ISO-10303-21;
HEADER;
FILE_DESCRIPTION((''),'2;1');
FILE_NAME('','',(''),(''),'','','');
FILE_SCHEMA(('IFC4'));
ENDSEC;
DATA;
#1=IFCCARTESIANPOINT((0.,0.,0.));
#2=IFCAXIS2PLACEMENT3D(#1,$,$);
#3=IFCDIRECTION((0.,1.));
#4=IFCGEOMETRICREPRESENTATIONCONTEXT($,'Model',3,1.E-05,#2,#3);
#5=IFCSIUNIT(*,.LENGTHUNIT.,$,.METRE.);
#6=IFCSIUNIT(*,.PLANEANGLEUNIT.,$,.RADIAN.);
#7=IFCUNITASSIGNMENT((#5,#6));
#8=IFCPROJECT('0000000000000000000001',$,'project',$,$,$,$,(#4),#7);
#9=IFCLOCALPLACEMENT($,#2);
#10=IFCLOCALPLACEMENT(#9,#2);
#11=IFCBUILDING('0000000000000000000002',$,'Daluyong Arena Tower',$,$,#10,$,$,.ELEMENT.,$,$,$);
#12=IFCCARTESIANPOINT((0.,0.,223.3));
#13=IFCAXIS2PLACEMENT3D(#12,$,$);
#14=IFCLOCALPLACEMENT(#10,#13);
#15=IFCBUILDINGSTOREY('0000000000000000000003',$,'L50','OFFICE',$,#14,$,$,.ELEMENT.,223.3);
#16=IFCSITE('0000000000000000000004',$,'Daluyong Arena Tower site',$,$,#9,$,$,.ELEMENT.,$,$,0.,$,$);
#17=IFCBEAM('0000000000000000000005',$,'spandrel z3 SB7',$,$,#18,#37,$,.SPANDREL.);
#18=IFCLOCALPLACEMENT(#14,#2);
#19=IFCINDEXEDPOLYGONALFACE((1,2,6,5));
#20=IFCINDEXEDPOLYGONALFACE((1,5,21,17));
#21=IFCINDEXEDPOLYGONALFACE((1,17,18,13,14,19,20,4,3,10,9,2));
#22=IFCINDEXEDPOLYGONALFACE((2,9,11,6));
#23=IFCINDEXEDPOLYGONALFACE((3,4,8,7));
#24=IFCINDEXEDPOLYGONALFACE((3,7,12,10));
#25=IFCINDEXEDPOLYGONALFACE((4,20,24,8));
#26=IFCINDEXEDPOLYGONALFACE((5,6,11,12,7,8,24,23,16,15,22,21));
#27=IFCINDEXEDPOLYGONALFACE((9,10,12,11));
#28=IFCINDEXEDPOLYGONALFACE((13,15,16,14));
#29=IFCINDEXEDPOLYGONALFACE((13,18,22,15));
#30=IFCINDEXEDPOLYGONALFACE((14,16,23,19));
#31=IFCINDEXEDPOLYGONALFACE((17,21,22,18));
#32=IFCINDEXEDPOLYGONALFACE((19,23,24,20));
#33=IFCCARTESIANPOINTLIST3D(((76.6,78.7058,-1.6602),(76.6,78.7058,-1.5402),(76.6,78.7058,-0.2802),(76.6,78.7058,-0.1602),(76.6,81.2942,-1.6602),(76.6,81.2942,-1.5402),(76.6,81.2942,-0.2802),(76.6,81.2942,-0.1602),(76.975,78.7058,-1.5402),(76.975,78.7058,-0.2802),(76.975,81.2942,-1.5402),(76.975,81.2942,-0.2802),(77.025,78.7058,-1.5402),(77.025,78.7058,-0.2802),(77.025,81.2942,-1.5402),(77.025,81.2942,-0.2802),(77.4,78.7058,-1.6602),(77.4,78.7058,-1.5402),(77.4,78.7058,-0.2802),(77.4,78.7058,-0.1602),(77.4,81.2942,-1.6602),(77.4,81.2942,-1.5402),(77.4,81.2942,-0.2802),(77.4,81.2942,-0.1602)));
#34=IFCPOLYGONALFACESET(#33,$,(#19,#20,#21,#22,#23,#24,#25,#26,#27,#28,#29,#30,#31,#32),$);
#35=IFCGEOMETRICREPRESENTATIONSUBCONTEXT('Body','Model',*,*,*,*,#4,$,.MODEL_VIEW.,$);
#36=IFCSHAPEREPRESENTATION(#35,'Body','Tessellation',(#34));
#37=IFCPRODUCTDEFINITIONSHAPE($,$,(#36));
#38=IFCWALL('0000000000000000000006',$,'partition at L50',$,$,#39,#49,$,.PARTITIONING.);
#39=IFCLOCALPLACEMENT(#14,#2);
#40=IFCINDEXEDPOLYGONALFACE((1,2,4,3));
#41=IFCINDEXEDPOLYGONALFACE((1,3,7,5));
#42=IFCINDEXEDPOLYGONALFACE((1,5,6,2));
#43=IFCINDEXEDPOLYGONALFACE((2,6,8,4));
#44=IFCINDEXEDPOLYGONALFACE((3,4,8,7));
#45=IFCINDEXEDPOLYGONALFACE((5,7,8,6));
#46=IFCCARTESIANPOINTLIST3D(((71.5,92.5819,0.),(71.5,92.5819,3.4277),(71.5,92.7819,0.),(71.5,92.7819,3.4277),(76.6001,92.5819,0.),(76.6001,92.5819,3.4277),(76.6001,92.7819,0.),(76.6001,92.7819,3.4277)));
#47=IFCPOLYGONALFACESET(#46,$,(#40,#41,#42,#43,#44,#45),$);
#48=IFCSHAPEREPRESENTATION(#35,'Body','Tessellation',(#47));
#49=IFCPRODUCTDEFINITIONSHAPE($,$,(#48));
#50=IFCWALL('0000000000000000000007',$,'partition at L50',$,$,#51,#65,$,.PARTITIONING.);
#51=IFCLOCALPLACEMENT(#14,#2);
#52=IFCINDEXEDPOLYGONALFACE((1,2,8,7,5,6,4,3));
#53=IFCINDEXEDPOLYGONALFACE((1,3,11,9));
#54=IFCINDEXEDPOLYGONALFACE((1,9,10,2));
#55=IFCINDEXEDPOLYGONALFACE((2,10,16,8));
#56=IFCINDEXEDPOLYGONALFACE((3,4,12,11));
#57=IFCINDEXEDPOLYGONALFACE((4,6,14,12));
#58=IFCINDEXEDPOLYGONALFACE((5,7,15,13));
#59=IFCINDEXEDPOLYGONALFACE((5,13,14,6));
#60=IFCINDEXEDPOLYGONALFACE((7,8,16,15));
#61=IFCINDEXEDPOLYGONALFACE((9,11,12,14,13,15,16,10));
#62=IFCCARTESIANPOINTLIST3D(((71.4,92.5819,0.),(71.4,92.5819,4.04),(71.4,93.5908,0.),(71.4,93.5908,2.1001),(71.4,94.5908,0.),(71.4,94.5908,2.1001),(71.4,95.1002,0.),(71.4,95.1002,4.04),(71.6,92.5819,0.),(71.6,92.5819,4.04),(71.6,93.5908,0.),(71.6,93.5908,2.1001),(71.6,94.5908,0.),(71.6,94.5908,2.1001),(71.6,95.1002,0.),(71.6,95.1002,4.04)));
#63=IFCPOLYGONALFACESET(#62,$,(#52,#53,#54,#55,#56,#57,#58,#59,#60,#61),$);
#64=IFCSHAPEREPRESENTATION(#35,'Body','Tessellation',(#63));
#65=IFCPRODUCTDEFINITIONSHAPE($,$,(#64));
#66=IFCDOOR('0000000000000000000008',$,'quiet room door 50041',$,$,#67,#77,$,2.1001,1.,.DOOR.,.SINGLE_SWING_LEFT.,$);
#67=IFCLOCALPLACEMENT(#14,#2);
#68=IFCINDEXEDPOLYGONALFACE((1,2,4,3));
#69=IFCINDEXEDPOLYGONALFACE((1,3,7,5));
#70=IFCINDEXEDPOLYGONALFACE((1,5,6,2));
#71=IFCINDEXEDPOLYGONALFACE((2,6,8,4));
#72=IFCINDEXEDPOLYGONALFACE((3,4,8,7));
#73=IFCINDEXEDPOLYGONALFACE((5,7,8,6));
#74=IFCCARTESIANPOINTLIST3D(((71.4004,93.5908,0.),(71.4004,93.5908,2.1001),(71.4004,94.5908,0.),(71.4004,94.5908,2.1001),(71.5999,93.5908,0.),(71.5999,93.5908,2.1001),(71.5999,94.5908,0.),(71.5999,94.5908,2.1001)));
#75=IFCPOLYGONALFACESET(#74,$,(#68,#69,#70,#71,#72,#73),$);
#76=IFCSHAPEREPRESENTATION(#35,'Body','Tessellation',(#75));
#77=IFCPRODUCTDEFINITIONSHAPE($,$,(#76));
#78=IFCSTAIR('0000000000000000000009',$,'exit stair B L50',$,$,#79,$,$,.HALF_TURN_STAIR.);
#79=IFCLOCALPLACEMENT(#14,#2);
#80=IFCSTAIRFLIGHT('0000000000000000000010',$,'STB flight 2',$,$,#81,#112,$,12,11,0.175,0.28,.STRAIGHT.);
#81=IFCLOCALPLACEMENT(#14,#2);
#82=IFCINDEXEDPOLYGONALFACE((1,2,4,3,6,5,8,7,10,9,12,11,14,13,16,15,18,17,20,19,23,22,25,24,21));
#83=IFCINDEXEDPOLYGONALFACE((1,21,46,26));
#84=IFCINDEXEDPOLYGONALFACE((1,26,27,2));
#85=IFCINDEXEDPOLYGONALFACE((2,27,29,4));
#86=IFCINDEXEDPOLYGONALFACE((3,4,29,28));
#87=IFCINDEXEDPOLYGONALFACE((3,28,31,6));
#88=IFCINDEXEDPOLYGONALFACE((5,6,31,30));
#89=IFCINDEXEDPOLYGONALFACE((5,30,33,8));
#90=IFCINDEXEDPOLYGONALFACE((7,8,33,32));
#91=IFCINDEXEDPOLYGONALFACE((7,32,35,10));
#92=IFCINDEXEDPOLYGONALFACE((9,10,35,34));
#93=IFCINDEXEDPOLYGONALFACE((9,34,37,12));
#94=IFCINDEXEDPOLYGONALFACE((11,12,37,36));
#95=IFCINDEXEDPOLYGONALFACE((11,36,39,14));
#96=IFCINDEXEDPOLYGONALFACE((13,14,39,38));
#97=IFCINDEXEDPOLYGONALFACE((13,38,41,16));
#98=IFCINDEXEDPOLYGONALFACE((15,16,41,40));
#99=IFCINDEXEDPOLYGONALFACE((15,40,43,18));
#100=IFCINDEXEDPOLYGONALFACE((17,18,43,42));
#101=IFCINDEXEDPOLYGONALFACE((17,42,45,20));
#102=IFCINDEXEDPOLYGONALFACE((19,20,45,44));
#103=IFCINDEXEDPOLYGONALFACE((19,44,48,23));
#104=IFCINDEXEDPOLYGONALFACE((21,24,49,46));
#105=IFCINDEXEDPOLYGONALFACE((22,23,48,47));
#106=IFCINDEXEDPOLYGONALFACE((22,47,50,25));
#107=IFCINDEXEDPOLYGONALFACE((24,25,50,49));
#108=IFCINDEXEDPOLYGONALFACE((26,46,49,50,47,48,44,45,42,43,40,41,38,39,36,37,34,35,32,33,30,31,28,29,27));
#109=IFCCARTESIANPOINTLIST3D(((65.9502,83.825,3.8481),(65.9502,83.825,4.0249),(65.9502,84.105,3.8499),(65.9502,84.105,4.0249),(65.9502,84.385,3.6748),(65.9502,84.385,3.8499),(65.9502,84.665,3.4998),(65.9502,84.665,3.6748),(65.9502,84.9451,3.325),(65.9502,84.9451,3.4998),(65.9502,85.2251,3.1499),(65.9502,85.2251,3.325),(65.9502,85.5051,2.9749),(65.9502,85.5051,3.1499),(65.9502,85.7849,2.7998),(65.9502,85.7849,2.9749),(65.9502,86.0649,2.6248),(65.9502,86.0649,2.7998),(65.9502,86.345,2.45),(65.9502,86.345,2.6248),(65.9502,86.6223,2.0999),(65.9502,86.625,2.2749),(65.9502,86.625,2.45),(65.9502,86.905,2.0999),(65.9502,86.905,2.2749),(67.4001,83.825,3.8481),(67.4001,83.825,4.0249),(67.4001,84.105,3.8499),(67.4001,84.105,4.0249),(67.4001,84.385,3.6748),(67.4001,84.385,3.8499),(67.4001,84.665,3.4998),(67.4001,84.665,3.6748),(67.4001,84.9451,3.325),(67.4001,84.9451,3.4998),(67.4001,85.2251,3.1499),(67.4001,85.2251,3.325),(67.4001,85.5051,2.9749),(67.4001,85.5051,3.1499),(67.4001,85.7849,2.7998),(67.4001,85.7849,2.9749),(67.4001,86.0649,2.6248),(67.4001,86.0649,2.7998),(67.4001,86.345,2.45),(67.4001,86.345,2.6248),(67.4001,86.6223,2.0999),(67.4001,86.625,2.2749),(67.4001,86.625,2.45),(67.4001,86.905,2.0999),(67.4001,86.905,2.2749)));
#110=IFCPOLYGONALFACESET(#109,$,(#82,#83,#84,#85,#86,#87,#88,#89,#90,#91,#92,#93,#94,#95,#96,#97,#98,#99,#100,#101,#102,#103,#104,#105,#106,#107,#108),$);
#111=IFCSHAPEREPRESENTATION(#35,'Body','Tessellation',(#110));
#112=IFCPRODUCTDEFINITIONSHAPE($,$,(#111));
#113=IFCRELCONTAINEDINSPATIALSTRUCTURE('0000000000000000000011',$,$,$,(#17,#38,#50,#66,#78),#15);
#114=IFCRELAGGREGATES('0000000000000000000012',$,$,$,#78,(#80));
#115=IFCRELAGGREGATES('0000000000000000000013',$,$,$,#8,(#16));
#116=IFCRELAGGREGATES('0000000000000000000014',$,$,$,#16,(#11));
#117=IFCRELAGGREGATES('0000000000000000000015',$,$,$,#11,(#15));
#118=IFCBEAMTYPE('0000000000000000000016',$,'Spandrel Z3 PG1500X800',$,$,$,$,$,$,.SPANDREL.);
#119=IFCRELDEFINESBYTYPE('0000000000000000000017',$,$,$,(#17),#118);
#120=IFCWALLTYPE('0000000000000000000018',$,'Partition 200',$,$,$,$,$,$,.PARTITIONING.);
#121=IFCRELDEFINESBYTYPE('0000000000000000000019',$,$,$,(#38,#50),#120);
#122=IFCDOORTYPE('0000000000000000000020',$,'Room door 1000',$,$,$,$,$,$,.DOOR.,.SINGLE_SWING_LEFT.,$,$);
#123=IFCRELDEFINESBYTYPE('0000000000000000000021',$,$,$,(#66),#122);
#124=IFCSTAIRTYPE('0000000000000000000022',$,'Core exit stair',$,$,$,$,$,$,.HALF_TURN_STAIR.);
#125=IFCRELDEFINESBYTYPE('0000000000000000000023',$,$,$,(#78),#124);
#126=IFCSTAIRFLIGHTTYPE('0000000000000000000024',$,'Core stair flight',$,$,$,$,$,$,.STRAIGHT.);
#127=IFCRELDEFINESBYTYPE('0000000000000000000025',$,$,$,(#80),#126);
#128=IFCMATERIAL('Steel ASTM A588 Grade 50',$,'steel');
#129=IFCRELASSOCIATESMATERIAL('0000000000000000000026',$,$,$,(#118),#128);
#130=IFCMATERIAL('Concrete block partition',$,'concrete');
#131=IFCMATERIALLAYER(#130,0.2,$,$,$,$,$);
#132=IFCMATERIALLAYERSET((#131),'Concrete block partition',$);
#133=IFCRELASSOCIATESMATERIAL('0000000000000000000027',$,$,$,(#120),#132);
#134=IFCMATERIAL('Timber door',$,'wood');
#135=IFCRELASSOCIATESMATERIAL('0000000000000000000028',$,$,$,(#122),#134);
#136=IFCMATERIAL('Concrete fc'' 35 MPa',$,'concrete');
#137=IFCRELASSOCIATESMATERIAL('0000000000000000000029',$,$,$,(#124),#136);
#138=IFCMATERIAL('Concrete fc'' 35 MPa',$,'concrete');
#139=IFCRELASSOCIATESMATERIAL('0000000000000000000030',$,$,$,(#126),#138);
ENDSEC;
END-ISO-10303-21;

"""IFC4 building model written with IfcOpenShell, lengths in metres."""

from ifc_helpers import new_model, si_unit, direction, frame, frame_2d, origin, origin_2d, place, context, subcontext, project, spatial, polyline, rectangle, i_section, outline, extrude, material, layer, layer_set, material_profile, profile_set, type_object, element, fill, aggregate, save


model = new_model("IFC4")

# Units and contexts
model_context = context("Model", 3, precision=1e-05, world=origin(), true_north=direction((0.0, 1.0)))
body_context = subcontext(model_context, "Body", "Model", "MODEL_VIEW")
ifc_project = project(units=[si_unit("LENGTHUNIT", "METRE"), si_unit("PLANEANGLEUNIT", "RADIAN")], contexts=[model_context])

# Site, building, storey
site_placement = place(None, origin())
site = spatial("IfcSite", under=ifc_project, at=site_placement, Name="Daluyong Arena Tower site", CompositionType="ELEMENT", RefElevation=0.0)
building_placement = place(site_placement, origin())
building = spatial("IfcBuilding", under=site, at=building_placement, Name="Daluyong Arena Tower", CompositionType="ELEMENT")
storey_placement = place(building_placement, frame((0.0, 0.0, 223.3)))
storey = spatial("IfcBuildingStorey", under=building, at=storey_placement, Name="L50", Description="OFFICE", CompositionType="ELEMENT", Elevation=223.3)

# Beam
ifc_material_1 = material(Name="Steel ASTM A588 Grade 50", Category="steel")
ifc_material_profile_1 = material_profile(ifc_material_1, i_section(OverallWidth=0.8, OverallDepth=1.5, WebThickness=0.05, FlangeThickness=0.12, at=origin_2d()))
ifc_profile_set_1 = profile_set([ifc_material_profile_1], Name="Steel ASTM A588 Grade 50")
beam_type_1 = type_object("IfcBeamType", Name="Spandrel Z3 PG1500X800", PredefinedType="SPANDREL", material=ifc_profile_set_1)
beam_1_placement = place(storey_placement, frame((77.0, 78.7058, -0.9102), z_axis=(0.0, 1.0, 0.0), x_axis=(-1.0, 0.0, 0.0)))
element("IfcBeam", 1, at=beam_1_placement, inside=storey, type_object=beam_type_1, Name="spandrel z3 SB7", PredefinedType="SPANDREL", context=body_context, shape_type="SweptSolid", body=[
    extrude(i_section(OverallWidth=0.8, OverallDepth=1.5, WebThickness=0.05, FlangeThickness=0.12, at=origin_2d()), origin(), (0.0, 0.0, 1.0), 2.5884),
])

# Wall
ifc_material_2 = material(Name="Concrete block partition", Category="concrete")
ifc_layer = layer(ifc_material_2, 0.2)
ifc_layer_set = layer_set([ifc_layer], Name="Concrete block partition")
wall_type = type_object("IfcWallType", Name="Partition 200", PredefinedType="PARTITIONING", material=ifc_layer_set)
wall_1_placement = place(storey_placement, frame((71.5, 92.6819, 0.0), z_axis=(0.0, 0.0, 1.0), x_axis=(1.0, 0.0, 0.0)))
element("IfcWall", 2, at=wall_1_placement, inside=storey, type_object=wall_type, Name="partition at L50", PredefinedType="PARTITIONING", context=body_context, shape_type="SweptSolid", body=[
    extrude(rectangle(XDim=5.1001, YDim=0.2, at=frame_2d((2.55, 0.0))), origin(), (0.0, 0.0, 1.0), 3.4277),
])

# Wall, opening, door
wall_2_placement = place(storey_placement, frame((71.5, 92.5818, 0.0), z_axis=(0.0, 0.0, 1.0), x_axis=(0.0, 1.0, 0.0)))
wall_2 = element("IfcWall", 3, at=wall_2_placement, inside=storey, type_object=wall_type, Name="partition at L50", PredefinedType="PARTITIONING", context=body_context, shape_type="SweptSolid", body=[
    extrude(rectangle(XDim=2.5183, YDim=0.2, at=frame_2d((1.2593, 0.0))), origin(), (0.0, 0.0, 1.0), 4.04),
])
opening_placement = place(wall_2_placement, frame((1.009, 0.0, 0.0)))
opening = element("IfcOpeningElement", 4, at=opening_placement, cuts=wall_2, PredefinedType="OPENING", context=body_context, shape_type="SweptSolid", body=[
    extrude(rectangle(XDim=1.0, YDim=2.1001, at=frame_2d((0.5, 1.05))), frame((0.0, 0.1099, 0.0), z_axis=(0.0, -1.0, 0.0), x_axis=(1.0, 0.0, 0.0)), (0.0, 0.0, 1.0), 0.22),
])
ifc_material_3 = material(Name="Timber door", Category="wood")
door_type = type_object("IfcDoorType", Name="Room door 1000", OperationType="SINGLE_SWING_LEFT", PredefinedType="DOOR", material=ifc_material_3)
door_placement = place(opening_placement, origin())
door = element("IfcDoor", 5, at=door_placement, inside=storey, type_object=door_type, Name="quiet room door 50041", OperationType="SINGLE_SWING_LEFT", OverallHeight=2.1001, OverallWidth=1.0, PredefinedType="DOOR", context=body_context, shape_type="SweptSolid", body=[
    extrude(rectangle(XDim=1.0, YDim=2.1001, at=frame_2d((0.5, 1.05))), frame((0.0, 0.0996, 0.0), z_axis=(0.0, -1.0, 0.0), x_axis=(1.0, 0.0, 0.0)), (0.0, 0.0, 1.0), 0.1995),
])
fill(opening, door)

# Stair, stair flight
ifc_material_4 = material(Name="Concrete fc' 35 MPa", Category="concrete")
stair_type = type_object("IfcStairType", Name="Core exit stair", PredefinedType="HALF_TURN_STAIR", material=ifc_material_4)
stair_placement = place(storey_placement, origin())
stair = element("IfcStair", 6, at=stair_placement, inside=storey, type_object=stair_type, Name="exit stair B L50", PredefinedType="HALF_TURN_STAIR")
ifc_material_5 = material(Name="Concrete fc' 35 MPa", Category="concrete")
stair_flight_type = type_object("IfcStairFlightType", Name="Core stair flight", PredefinedType="STRAIGHT", material=ifc_material_5)
stair_flight_placement = place(storey_placement, frame((66.675, 86.905, 2.0999), z_axis=(0.0, 0.0, 1.0), x_axis=(0.0, -1.0, 0.0)))
stair_flight = element("IfcStairFlight", 7, at=stair_flight_placement, type_object=stair_flight_type, Name="STB flight 2", NumberOfRisers=12, NumberOfTreads=11, PredefinedType="STRAIGHT", RiserHeight=0.175, TreadLength=0.28, context=body_context, shape_type="SweptSolid", body=[
    extrude(outline(polyline([(0.0, 0.0), (0.0, 0.175), (0.28, 0.175), (0.28, 0.3501), (0.5601, 0.3501), (0.5601, 0.5249), (0.8401, 0.5249), (0.8401, 0.7), (1.1201, 0.7), (1.1201, 0.875), (1.3999, 0.875), (1.3999, 1.05), (1.6799, 1.05), (1.6799, 1.2251), (1.96, 1.2251), (1.96, 1.3999), (2.24, 1.3999), (2.24, 1.575), (2.52, 1.575), (2.52, 1.75), (2.8, 1.75), (2.8, 1.925), (3.0801, 1.925), (3.0801, 2.1001), (3.0801, 1.7483), (0.2827, 0.0), (0.0, 0.0)])), frame((0.0, 0.7251, 0.0), z_axis=(0.0, -1.0, 0.0), x_axis=(1.0, 0.0, 0.0)), (0.0, 0.0, 1.0), 1.45),
])
aggregate(stair, [stair_flight])

save(model, "model.ifc")
